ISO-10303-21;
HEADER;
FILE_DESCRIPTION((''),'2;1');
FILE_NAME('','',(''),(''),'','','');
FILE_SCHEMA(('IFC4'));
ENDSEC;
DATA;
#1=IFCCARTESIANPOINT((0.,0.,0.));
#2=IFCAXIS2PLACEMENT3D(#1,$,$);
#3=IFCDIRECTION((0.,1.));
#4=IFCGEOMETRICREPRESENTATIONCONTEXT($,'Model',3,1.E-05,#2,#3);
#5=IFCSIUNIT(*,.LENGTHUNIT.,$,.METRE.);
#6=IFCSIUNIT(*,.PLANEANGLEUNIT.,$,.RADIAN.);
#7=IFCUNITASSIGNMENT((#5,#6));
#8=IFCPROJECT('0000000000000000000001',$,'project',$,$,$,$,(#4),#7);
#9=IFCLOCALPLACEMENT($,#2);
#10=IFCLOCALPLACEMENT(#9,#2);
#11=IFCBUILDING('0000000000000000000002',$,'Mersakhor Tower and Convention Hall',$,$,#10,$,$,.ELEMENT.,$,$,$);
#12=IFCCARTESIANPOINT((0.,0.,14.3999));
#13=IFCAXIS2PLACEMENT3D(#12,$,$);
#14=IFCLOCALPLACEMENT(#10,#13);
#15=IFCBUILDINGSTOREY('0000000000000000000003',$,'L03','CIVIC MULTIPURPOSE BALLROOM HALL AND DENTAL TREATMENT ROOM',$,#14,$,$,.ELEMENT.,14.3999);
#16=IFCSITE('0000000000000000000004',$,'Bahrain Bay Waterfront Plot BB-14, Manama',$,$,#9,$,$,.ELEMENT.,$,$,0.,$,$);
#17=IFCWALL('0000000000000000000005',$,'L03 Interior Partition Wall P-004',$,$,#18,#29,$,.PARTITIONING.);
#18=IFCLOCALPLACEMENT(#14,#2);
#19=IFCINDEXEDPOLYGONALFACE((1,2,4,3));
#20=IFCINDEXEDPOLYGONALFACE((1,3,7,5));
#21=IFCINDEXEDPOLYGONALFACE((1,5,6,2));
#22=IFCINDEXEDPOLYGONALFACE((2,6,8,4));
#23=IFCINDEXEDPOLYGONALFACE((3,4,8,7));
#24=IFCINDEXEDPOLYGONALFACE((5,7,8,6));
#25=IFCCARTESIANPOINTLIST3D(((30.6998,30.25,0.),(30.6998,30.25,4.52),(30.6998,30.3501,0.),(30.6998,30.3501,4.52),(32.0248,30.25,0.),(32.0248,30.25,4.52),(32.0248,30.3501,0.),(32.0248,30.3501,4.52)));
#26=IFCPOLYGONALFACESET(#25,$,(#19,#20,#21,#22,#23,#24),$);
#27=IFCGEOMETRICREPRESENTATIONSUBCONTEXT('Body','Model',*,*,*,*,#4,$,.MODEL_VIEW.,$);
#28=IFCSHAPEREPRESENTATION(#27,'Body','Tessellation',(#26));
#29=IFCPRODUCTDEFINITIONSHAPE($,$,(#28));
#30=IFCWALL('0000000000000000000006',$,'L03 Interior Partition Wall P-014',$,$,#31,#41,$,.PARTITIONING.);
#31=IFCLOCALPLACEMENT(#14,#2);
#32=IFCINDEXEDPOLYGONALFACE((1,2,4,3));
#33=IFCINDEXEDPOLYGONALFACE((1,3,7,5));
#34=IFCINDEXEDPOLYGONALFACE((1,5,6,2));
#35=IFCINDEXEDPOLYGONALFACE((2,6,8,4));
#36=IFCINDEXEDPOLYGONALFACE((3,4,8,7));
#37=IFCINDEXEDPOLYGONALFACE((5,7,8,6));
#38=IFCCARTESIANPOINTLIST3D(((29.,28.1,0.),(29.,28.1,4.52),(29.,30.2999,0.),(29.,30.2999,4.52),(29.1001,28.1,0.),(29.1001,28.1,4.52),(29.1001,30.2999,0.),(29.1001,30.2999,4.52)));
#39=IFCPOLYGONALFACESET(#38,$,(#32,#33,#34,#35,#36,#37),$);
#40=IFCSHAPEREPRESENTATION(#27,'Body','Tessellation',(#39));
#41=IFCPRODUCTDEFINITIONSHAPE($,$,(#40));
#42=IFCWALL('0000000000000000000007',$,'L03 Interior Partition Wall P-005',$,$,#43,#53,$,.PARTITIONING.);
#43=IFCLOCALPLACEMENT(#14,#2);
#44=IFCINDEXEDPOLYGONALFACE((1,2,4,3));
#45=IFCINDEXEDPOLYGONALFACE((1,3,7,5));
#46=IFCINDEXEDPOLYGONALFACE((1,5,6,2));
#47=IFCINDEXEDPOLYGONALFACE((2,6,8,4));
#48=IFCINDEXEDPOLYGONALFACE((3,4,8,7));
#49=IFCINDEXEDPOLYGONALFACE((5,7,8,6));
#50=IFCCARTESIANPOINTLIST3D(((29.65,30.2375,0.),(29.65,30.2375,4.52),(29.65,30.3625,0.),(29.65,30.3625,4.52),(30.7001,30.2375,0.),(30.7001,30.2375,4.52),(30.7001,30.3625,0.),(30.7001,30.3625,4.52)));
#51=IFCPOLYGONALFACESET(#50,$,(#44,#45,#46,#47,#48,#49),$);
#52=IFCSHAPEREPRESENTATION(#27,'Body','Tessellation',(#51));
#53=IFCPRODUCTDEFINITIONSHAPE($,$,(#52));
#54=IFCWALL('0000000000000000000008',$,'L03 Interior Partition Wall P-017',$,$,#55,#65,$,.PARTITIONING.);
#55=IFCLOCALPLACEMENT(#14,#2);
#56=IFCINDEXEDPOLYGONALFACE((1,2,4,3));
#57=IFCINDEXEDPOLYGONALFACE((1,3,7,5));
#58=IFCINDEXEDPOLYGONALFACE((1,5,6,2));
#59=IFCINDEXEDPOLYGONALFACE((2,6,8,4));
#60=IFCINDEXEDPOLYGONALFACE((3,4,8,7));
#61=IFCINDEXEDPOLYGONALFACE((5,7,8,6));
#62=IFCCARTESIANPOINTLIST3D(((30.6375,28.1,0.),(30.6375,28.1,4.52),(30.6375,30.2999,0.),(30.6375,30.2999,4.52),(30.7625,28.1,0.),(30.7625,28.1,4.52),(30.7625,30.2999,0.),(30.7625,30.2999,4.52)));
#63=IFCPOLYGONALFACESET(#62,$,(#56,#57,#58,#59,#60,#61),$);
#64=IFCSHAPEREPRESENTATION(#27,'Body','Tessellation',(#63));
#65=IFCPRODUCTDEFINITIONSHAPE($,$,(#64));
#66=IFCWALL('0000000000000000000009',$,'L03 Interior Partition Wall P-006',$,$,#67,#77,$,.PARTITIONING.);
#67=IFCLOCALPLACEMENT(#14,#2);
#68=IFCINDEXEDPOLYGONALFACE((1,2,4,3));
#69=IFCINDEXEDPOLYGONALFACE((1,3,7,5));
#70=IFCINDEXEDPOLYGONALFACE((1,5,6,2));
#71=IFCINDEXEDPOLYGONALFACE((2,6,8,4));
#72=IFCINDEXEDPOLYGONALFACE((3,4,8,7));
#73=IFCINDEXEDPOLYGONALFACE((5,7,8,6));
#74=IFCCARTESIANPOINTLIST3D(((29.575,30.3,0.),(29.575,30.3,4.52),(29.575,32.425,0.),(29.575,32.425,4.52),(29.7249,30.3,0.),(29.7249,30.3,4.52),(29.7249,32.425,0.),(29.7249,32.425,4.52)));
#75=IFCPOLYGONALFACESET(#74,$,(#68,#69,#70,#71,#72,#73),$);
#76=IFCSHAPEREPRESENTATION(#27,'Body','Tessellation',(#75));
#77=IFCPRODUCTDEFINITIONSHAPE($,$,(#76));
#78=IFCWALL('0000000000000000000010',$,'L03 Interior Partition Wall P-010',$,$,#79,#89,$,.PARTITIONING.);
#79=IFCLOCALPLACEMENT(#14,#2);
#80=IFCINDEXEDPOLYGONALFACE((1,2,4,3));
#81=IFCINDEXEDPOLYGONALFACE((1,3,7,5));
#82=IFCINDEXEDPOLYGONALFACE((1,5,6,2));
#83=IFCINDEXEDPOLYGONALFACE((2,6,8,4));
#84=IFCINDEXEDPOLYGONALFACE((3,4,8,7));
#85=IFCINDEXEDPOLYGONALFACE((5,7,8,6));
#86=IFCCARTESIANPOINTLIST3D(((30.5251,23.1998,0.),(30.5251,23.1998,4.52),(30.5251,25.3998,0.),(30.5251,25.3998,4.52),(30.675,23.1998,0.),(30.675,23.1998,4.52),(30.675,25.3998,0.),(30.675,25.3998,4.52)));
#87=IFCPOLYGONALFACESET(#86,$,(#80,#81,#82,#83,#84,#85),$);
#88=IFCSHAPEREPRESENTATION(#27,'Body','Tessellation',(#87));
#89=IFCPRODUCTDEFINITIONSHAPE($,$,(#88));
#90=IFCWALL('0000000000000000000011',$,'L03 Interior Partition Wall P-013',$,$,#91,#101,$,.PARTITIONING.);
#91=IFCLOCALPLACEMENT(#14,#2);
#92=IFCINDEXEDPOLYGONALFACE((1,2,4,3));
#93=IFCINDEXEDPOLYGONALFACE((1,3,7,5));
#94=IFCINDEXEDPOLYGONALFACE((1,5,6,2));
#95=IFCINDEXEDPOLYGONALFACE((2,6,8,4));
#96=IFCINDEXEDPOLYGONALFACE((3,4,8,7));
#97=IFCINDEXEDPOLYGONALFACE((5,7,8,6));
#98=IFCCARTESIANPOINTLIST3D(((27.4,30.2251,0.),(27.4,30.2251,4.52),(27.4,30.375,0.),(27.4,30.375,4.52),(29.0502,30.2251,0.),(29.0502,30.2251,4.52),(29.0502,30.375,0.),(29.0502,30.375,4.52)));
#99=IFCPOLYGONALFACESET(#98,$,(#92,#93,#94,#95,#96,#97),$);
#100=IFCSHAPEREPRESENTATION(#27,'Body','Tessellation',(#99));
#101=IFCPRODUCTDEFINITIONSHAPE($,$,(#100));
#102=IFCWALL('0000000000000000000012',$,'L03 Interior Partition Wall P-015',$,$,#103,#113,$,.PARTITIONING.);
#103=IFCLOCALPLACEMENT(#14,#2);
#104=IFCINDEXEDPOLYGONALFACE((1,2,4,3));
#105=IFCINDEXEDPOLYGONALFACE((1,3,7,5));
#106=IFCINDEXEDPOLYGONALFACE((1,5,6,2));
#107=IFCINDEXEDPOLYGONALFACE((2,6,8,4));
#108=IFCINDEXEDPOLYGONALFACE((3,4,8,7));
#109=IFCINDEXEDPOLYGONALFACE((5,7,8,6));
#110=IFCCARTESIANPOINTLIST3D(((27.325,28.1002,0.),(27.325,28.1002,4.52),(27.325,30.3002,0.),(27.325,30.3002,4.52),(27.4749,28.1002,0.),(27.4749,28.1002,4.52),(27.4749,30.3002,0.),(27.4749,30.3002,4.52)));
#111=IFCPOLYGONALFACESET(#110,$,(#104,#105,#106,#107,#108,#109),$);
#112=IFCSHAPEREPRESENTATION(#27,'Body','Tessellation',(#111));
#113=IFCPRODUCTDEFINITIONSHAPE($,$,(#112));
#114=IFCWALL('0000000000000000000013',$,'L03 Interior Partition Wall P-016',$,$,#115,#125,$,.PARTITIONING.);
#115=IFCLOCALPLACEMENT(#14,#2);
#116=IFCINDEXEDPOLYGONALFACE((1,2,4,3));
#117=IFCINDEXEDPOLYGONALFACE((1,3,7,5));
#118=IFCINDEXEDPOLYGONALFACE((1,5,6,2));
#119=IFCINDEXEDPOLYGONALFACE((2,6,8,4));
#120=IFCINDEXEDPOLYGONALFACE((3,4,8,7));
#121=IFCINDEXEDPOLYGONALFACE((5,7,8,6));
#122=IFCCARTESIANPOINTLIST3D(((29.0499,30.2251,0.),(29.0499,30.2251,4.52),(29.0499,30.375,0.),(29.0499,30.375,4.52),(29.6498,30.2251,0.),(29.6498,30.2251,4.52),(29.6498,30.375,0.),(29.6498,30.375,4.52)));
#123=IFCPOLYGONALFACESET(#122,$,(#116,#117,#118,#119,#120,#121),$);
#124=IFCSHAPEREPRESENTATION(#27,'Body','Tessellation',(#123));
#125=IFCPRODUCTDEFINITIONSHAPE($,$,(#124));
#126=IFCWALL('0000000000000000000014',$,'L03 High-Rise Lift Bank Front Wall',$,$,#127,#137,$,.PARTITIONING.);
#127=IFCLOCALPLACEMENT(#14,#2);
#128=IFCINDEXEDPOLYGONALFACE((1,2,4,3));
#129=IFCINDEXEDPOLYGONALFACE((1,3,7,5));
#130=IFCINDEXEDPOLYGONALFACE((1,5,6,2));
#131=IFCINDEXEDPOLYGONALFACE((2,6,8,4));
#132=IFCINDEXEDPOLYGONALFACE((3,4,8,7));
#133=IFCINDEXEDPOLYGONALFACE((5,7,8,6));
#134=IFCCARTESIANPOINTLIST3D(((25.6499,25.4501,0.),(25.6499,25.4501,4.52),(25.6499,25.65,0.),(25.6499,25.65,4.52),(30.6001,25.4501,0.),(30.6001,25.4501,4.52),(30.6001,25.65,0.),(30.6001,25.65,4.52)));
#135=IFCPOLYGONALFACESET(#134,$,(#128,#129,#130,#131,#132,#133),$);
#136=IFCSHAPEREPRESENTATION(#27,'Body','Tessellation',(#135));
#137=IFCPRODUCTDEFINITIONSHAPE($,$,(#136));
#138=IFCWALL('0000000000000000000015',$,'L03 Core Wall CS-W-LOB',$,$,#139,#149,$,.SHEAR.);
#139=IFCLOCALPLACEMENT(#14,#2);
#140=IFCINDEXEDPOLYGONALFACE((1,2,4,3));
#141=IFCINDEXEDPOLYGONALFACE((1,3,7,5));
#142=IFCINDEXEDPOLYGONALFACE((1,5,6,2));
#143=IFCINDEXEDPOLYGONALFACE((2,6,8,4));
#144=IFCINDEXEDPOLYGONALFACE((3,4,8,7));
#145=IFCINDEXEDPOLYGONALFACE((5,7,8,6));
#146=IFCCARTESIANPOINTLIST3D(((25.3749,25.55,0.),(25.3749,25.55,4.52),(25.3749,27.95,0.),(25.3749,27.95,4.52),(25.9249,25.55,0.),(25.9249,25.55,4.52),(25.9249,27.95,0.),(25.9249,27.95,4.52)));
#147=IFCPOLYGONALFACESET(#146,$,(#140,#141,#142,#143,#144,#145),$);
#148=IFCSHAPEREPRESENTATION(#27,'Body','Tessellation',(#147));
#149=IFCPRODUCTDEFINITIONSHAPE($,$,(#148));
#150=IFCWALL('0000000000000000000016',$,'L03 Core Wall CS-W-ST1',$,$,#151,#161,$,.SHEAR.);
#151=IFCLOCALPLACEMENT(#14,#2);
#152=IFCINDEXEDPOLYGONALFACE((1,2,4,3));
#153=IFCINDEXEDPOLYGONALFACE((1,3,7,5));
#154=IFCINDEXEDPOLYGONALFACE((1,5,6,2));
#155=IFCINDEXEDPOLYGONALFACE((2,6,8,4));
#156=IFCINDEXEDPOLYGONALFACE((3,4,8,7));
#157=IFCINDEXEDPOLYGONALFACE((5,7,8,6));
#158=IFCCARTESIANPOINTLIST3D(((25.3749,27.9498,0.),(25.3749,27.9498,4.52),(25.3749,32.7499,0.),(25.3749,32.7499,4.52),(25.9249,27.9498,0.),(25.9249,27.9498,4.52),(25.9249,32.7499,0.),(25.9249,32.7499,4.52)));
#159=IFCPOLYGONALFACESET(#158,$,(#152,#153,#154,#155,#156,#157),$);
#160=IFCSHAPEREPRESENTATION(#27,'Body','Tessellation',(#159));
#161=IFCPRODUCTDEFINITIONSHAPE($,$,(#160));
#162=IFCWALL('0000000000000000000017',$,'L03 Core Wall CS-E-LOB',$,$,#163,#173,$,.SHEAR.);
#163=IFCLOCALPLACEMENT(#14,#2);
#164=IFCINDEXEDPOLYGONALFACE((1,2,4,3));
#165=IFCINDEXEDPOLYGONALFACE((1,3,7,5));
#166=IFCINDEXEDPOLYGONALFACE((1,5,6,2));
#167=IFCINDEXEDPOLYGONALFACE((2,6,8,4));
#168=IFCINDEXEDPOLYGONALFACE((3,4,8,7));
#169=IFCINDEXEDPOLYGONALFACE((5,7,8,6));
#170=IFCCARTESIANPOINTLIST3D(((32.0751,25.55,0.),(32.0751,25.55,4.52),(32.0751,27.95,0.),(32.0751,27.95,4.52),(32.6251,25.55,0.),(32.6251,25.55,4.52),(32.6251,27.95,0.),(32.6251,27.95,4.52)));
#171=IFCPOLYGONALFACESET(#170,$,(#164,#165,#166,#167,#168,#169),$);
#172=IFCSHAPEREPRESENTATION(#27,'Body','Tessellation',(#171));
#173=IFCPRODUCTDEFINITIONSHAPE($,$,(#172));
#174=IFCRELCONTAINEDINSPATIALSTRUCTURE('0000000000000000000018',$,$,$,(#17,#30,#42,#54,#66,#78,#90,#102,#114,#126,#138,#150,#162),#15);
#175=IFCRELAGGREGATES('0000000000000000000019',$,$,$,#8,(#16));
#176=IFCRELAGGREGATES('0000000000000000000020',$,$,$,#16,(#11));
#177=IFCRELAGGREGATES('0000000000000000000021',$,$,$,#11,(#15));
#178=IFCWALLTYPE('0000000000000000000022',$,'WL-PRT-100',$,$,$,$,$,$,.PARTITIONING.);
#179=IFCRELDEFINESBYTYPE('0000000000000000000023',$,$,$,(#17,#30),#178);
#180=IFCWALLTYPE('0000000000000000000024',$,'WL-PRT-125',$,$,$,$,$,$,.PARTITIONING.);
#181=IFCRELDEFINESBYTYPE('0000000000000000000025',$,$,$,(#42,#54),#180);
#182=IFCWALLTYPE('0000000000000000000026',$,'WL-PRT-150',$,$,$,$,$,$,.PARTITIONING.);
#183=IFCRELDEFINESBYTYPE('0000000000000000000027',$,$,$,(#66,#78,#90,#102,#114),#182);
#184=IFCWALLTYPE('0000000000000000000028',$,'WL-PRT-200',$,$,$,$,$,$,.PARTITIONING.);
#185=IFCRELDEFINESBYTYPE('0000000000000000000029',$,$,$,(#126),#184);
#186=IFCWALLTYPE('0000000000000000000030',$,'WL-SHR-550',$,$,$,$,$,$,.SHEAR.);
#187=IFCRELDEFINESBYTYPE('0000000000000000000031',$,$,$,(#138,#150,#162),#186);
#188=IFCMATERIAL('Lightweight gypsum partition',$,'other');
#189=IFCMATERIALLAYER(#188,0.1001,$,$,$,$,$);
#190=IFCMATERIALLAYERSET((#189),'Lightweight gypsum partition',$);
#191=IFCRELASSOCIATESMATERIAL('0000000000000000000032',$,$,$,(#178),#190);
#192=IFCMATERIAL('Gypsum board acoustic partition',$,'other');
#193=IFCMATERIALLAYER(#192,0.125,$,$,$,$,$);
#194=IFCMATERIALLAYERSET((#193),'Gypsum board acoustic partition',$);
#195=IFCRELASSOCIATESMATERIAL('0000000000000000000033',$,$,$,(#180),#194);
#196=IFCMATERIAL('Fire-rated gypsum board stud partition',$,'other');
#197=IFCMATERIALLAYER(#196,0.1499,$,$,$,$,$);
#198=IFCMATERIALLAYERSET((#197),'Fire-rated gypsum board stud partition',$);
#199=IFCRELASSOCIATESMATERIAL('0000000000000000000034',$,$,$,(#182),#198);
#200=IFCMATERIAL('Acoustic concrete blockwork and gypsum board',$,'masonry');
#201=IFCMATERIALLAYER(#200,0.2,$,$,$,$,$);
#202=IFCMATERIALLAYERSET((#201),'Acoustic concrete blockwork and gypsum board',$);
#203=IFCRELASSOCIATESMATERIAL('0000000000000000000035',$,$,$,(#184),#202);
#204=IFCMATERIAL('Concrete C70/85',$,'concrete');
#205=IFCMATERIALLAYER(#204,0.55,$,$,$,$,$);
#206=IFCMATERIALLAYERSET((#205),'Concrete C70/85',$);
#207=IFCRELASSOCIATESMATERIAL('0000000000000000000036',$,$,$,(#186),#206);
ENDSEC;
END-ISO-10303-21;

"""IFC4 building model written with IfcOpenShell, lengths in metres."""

from ifc_helpers import new_model, si_unit, direction, frame, frame_2d, origin, place, context, subcontext, project, spatial, rectangle, extrude, material, layer, layer_set, type_object, element, save


model = new_model("IFC4")

# Units and contexts
model_context = context("Model", 3, precision=1e-05, world=origin(), true_north=direction((0.0, 1.0)))
body_context = subcontext(model_context, "Body", "Model", "MODEL_VIEW")
ifc_project = project(units=[si_unit("LENGTHUNIT", "METRE"), si_unit("PLANEANGLEUNIT", "RADIAN")], contexts=[model_context])

# Site, building, storey
site_placement = place(None, origin())
site = spatial("IfcSite", under=ifc_project, at=site_placement, Name="Bahrain Bay Waterfront Plot BB-14, Manama", CompositionType="ELEMENT", RefElevation=0.0)
building_placement = place(site_placement, origin())
building = spatial("IfcBuilding", under=site, at=building_placement, Name="Mersakhor Tower and Convention Hall", CompositionType="ELEMENT")
storey_placement = place(building_placement, frame((0.0, 0.0, 14.3999)))
storey = spatial("IfcBuildingStorey", under=building, at=storey_placement, Name="L03", Description="CIVIC MULTIPURPOSE BALLROOM HALL AND DENTAL TREATMENT ROOM", CompositionType="ELEMENT", Elevation=14.3999)

# Walls
ifc_material_1 = material(Name="Lightweight gypsum partition", Category="other")
ifc_layer_1 = layer(ifc_material_1, 0.1001)
ifc_layer_set_1 = layer_set([ifc_layer_1], Name="Lightweight gypsum partition")
wall_type_1 = type_object("IfcWallType", Name="WL-PRT-100", PredefinedType="PARTITIONING", material=ifc_layer_set_1)
wall_1_placement = place(storey_placement, frame((32.0249, 30.3, 0.0), z_axis=(0.0, 0.0, 1.0), x_axis=(-1.0, 0.0, 0.0)))
element("IfcWall", 1, at=wall_1_placement, inside=storey, type_object=wall_type_1, Name="L03 Interior Partition Wall P-004", PredefinedType="PARTITIONING", context=body_context, shape_type="SweptSolid", body=[
    extrude(rectangle(XDim=1.325, YDim=0.1001, at=frame_2d((0.6626, 0.0))), origin(), (0.0, 0.0, 1.0), 4.52),
])
wall_2_placement = place(storey_placement, frame((29.05, 30.3, 0.0), z_axis=(0.0, 0.0, 1.0), x_axis=(0.0, -1.0, 0.0)))
element("IfcWall", 2, at=wall_2_placement, inside=storey, type_object=wall_type_1, Name="L03 Interior Partition Wall P-014", PredefinedType="PARTITIONING", context=body_context, shape_type="SweptSolid", body=[
    extrude(rectangle(XDim=2.2, YDim=0.1001, at=frame_2d((1.1001, 0.0))), origin(), (0.0, 0.0, 1.0), 4.52),
])
ifc_material_2 = material(Name="Gypsum board acoustic partition", Category="other")
ifc_layer_2 = layer(ifc_material_2, 0.125)
ifc_layer_set_2 = layer_set([ifc_layer_2], Name="Gypsum board acoustic partition")
wall_type_2 = type_object("IfcWallType", Name="WL-PRT-125", PredefinedType="PARTITIONING", material=ifc_layer_set_2)
wall_3_placement = place(storey_placement, frame((30.7, 30.3, 0.0), z_axis=(0.0, 0.0, 1.0), x_axis=(-1.0, 0.0, 0.0)))
element("IfcWall", 3, at=wall_3_placement, inside=storey, type_object=wall_type_2, Name="L03 Interior Partition Wall P-005", PredefinedType="PARTITIONING", context=body_context, shape_type="SweptSolid", body=[
    extrude(rectangle(XDim=1.05, YDim=0.125, at=frame_2d((0.5249, 0.0))), origin(), (0.0, 0.0, 1.0), 4.52),
])
wall_4_placement = place(storey_placement, frame((30.7, 30.3, 0.0), z_axis=(0.0, 0.0, 1.0), x_axis=(0.0, -1.0, 0.0)))
element("IfcWall", 4, at=wall_4_placement, inside=storey, type_object=wall_type_2, Name="L03 Interior Partition Wall P-017", PredefinedType="PARTITIONING", context=body_context, shape_type="SweptSolid", body=[
    extrude(rectangle(XDim=2.2, YDim=0.125, at=frame_2d((1.1001, 0.0))), origin(), (0.0, 0.0, 1.0), 4.52),
])
ifc_material_3 = material(Name="Fire-rated gypsum board stud partition", Category="other")
ifc_layer_3 = layer(ifc_material_3, 0.1499)
ifc_layer_set_3 = layer_set([ifc_layer_3], Name="Fire-rated gypsum board stud partition")
wall_type_3 = type_object("IfcWallType", Name="WL-PRT-150", PredefinedType="PARTITIONING", material=ifc_layer_set_3)
wall_5_placement = place(storey_placement, frame((29.6499, 30.3, 0.0), z_axis=(0.0, 0.0, 1.0), x_axis=(0.0, 1.0, 0.0)))
element("IfcWall", 5, at=wall_5_placement, inside=storey, type_object=wall_type_3, Name="L03 Interior Partition Wall P-006", PredefinedType="PARTITIONING", context=body_context, shape_type="SweptSolid", body=[
    extrude(rectangle(XDim=2.125, YDim=0.1499, at=frame_2d((1.0625, 0.0))), origin(), (0.0, 0.0, 1.0), 4.52),
])
wall_6_placement = place(storey_placement, frame((30.6001, 25.3999, 0.0), z_axis=(0.0, 0.0, 1.0), x_axis=(0.0, -1.0, 0.0)))
element("IfcWall", 6, at=wall_6_placement, inside=storey, type_object=wall_type_3, Name="L03 Interior Partition Wall P-010", PredefinedType="PARTITIONING", context=body_context, shape_type="SweptSolid", body=[
    extrude(rectangle(XDim=2.2, YDim=0.1499, at=frame_2d((1.1001, 0.0))), origin(), (0.0, 0.0, 1.0), 4.52),
])
wall_7_placement = place(storey_placement, frame((27.3999, 30.3, 0.0), z_axis=(0.0, 0.0, 1.0), x_axis=(1.0, 0.0, 0.0)))
element("IfcWall", 7, at=wall_7_placement, inside=storey, type_object=wall_type_3, Name="L03 Interior Partition Wall P-013", PredefinedType="PARTITIONING", context=body_context, shape_type="SweptSolid", body=[
    extrude(rectangle(XDim=1.6501, YDim=0.1499, at=frame_2d((0.8252, 0.0))), origin(), (0.0, 0.0, 1.0), 4.52),
])
wall_8_placement = place(storey_placement, frame((27.3999, 28.1001, 0.0), z_axis=(0.0, 0.0, 1.0), x_axis=(0.0, 1.0, 0.0)))
element("IfcWall", 8, at=wall_8_placement, inside=storey, type_object=wall_type_3, Name="L03 Interior Partition Wall P-015", PredefinedType="PARTITIONING", context=body_context, shape_type="SweptSolid", body=[
    extrude(rectangle(XDim=2.2, YDim=0.1499, at=frame_2d((1.1001, 0.0))), origin(), (0.0, 0.0, 1.0), 4.52),
])
wall_9_placement = place(storey_placement, frame((29.05, 30.3, 0.0), z_axis=(0.0, 0.0, 1.0), x_axis=(1.0, 0.0, 0.0)))
element("IfcWall", 9, at=wall_9_placement, inside=storey, type_object=wall_type_3, Name="L03 Interior Partition Wall P-016", PredefinedType="PARTITIONING", context=body_context, shape_type="SweptSolid", body=[
    extrude(rectangle(XDim=0.5999, YDim=0.1499, at=frame_2d((0.2998, 0.0))), origin(), (0.0, 0.0, 1.0), 4.52),
])
ifc_material_4 = material(Name="Acoustic concrete blockwork and gypsum board", Category="masonry")
ifc_layer_4 = layer(ifc_material_4, 0.2)
ifc_layer_set_4 = layer_set([ifc_layer_4], Name="Acoustic concrete blockwork and gypsum board")
wall_type_4 = type_object("IfcWallType", Name="WL-PRT-200", PredefinedType="PARTITIONING", material=ifc_layer_set_4)
wall_10_placement = place(storey_placement, frame((25.6499, 25.55, 0.0), z_axis=(0.0, 0.0, 1.0), x_axis=(1.0, 0.0, 0.0)))
element("IfcWall", 10, at=wall_10_placement, inside=storey, type_object=wall_type_4, Name="L03 High-Rise Lift Bank Front Wall", PredefinedType="PARTITIONING", context=body_context, shape_type="SweptSolid", body=[
    extrude(rectangle(XDim=4.9502, YDim=0.2, at=frame_2d((2.4751, 0.0))), origin(), (0.0, 0.0, 1.0), 4.52),
])

# Walls
ifc_material_5 = material(Name="Concrete C70/85", Category="concrete")
ifc_layer_5 = layer(ifc_material_5, 0.55)
ifc_layer_set_5 = layer_set([ifc_layer_5], Name="Concrete C70/85")
wall_type_5 = type_object("IfcWallType", Name="WL-SHR-550", PredefinedType="SHEAR", material=ifc_layer_set_5)
wall_11_placement = place(storey_placement, frame((25.6499, 25.55, 0.0), z_axis=(0.0, 0.0, 1.0), x_axis=(0.0, 1.0, 0.0)))
element("IfcWall", 11, at=wall_11_placement, inside=storey, type_object=wall_type_5, Name="L03 Core Wall CS-W-LOB", PredefinedType="SHEAR", context=body_context, shape_type="SweptSolid", body=[
    extrude(rectangle(XDim=2.3999, YDim=0.55, at=frame_2d((1.2, 0.0))), origin(), (0.0, 0.0, 1.0), 4.52),
])
wall_12_placement = place(storey_placement, frame((25.6499, 27.95, 0.0), z_axis=(0.0, 0.0, 1.0), x_axis=(0.0, 1.0, 0.0)))
element("IfcWall", 12, at=wall_12_placement, inside=storey, type_object=wall_type_5, Name="L03 Core Wall CS-W-ST1", PredefinedType="SHEAR", context=body_context, shape_type="SweptSolid", body=[
    extrude(rectangle(XDim=4.8, YDim=0.55, at=frame_2d((2.3999, 0.0))), origin(), (0.0, 0.0, 1.0), 4.52),
])
wall_13_placement = place(storey_placement, frame((32.3501, 25.55, 0.0), z_axis=(0.0, 0.0, 1.0), x_axis=(0.0, 1.0, 0.0)))
element("IfcWall", 13, at=wall_13_placement, inside=storey, type_object=wall_type_5, Name="L03 Core Wall CS-E-LOB", PredefinedType="SHEAR", context=body_context, shape_type="SweptSolid", body=[
    extrude(rectangle(XDim=2.3999, YDim=0.55, at=frame_2d((1.2, 0.0))), origin(), (0.0, 0.0, 1.0), 4.52),
])

save(model, "model.ifc")
